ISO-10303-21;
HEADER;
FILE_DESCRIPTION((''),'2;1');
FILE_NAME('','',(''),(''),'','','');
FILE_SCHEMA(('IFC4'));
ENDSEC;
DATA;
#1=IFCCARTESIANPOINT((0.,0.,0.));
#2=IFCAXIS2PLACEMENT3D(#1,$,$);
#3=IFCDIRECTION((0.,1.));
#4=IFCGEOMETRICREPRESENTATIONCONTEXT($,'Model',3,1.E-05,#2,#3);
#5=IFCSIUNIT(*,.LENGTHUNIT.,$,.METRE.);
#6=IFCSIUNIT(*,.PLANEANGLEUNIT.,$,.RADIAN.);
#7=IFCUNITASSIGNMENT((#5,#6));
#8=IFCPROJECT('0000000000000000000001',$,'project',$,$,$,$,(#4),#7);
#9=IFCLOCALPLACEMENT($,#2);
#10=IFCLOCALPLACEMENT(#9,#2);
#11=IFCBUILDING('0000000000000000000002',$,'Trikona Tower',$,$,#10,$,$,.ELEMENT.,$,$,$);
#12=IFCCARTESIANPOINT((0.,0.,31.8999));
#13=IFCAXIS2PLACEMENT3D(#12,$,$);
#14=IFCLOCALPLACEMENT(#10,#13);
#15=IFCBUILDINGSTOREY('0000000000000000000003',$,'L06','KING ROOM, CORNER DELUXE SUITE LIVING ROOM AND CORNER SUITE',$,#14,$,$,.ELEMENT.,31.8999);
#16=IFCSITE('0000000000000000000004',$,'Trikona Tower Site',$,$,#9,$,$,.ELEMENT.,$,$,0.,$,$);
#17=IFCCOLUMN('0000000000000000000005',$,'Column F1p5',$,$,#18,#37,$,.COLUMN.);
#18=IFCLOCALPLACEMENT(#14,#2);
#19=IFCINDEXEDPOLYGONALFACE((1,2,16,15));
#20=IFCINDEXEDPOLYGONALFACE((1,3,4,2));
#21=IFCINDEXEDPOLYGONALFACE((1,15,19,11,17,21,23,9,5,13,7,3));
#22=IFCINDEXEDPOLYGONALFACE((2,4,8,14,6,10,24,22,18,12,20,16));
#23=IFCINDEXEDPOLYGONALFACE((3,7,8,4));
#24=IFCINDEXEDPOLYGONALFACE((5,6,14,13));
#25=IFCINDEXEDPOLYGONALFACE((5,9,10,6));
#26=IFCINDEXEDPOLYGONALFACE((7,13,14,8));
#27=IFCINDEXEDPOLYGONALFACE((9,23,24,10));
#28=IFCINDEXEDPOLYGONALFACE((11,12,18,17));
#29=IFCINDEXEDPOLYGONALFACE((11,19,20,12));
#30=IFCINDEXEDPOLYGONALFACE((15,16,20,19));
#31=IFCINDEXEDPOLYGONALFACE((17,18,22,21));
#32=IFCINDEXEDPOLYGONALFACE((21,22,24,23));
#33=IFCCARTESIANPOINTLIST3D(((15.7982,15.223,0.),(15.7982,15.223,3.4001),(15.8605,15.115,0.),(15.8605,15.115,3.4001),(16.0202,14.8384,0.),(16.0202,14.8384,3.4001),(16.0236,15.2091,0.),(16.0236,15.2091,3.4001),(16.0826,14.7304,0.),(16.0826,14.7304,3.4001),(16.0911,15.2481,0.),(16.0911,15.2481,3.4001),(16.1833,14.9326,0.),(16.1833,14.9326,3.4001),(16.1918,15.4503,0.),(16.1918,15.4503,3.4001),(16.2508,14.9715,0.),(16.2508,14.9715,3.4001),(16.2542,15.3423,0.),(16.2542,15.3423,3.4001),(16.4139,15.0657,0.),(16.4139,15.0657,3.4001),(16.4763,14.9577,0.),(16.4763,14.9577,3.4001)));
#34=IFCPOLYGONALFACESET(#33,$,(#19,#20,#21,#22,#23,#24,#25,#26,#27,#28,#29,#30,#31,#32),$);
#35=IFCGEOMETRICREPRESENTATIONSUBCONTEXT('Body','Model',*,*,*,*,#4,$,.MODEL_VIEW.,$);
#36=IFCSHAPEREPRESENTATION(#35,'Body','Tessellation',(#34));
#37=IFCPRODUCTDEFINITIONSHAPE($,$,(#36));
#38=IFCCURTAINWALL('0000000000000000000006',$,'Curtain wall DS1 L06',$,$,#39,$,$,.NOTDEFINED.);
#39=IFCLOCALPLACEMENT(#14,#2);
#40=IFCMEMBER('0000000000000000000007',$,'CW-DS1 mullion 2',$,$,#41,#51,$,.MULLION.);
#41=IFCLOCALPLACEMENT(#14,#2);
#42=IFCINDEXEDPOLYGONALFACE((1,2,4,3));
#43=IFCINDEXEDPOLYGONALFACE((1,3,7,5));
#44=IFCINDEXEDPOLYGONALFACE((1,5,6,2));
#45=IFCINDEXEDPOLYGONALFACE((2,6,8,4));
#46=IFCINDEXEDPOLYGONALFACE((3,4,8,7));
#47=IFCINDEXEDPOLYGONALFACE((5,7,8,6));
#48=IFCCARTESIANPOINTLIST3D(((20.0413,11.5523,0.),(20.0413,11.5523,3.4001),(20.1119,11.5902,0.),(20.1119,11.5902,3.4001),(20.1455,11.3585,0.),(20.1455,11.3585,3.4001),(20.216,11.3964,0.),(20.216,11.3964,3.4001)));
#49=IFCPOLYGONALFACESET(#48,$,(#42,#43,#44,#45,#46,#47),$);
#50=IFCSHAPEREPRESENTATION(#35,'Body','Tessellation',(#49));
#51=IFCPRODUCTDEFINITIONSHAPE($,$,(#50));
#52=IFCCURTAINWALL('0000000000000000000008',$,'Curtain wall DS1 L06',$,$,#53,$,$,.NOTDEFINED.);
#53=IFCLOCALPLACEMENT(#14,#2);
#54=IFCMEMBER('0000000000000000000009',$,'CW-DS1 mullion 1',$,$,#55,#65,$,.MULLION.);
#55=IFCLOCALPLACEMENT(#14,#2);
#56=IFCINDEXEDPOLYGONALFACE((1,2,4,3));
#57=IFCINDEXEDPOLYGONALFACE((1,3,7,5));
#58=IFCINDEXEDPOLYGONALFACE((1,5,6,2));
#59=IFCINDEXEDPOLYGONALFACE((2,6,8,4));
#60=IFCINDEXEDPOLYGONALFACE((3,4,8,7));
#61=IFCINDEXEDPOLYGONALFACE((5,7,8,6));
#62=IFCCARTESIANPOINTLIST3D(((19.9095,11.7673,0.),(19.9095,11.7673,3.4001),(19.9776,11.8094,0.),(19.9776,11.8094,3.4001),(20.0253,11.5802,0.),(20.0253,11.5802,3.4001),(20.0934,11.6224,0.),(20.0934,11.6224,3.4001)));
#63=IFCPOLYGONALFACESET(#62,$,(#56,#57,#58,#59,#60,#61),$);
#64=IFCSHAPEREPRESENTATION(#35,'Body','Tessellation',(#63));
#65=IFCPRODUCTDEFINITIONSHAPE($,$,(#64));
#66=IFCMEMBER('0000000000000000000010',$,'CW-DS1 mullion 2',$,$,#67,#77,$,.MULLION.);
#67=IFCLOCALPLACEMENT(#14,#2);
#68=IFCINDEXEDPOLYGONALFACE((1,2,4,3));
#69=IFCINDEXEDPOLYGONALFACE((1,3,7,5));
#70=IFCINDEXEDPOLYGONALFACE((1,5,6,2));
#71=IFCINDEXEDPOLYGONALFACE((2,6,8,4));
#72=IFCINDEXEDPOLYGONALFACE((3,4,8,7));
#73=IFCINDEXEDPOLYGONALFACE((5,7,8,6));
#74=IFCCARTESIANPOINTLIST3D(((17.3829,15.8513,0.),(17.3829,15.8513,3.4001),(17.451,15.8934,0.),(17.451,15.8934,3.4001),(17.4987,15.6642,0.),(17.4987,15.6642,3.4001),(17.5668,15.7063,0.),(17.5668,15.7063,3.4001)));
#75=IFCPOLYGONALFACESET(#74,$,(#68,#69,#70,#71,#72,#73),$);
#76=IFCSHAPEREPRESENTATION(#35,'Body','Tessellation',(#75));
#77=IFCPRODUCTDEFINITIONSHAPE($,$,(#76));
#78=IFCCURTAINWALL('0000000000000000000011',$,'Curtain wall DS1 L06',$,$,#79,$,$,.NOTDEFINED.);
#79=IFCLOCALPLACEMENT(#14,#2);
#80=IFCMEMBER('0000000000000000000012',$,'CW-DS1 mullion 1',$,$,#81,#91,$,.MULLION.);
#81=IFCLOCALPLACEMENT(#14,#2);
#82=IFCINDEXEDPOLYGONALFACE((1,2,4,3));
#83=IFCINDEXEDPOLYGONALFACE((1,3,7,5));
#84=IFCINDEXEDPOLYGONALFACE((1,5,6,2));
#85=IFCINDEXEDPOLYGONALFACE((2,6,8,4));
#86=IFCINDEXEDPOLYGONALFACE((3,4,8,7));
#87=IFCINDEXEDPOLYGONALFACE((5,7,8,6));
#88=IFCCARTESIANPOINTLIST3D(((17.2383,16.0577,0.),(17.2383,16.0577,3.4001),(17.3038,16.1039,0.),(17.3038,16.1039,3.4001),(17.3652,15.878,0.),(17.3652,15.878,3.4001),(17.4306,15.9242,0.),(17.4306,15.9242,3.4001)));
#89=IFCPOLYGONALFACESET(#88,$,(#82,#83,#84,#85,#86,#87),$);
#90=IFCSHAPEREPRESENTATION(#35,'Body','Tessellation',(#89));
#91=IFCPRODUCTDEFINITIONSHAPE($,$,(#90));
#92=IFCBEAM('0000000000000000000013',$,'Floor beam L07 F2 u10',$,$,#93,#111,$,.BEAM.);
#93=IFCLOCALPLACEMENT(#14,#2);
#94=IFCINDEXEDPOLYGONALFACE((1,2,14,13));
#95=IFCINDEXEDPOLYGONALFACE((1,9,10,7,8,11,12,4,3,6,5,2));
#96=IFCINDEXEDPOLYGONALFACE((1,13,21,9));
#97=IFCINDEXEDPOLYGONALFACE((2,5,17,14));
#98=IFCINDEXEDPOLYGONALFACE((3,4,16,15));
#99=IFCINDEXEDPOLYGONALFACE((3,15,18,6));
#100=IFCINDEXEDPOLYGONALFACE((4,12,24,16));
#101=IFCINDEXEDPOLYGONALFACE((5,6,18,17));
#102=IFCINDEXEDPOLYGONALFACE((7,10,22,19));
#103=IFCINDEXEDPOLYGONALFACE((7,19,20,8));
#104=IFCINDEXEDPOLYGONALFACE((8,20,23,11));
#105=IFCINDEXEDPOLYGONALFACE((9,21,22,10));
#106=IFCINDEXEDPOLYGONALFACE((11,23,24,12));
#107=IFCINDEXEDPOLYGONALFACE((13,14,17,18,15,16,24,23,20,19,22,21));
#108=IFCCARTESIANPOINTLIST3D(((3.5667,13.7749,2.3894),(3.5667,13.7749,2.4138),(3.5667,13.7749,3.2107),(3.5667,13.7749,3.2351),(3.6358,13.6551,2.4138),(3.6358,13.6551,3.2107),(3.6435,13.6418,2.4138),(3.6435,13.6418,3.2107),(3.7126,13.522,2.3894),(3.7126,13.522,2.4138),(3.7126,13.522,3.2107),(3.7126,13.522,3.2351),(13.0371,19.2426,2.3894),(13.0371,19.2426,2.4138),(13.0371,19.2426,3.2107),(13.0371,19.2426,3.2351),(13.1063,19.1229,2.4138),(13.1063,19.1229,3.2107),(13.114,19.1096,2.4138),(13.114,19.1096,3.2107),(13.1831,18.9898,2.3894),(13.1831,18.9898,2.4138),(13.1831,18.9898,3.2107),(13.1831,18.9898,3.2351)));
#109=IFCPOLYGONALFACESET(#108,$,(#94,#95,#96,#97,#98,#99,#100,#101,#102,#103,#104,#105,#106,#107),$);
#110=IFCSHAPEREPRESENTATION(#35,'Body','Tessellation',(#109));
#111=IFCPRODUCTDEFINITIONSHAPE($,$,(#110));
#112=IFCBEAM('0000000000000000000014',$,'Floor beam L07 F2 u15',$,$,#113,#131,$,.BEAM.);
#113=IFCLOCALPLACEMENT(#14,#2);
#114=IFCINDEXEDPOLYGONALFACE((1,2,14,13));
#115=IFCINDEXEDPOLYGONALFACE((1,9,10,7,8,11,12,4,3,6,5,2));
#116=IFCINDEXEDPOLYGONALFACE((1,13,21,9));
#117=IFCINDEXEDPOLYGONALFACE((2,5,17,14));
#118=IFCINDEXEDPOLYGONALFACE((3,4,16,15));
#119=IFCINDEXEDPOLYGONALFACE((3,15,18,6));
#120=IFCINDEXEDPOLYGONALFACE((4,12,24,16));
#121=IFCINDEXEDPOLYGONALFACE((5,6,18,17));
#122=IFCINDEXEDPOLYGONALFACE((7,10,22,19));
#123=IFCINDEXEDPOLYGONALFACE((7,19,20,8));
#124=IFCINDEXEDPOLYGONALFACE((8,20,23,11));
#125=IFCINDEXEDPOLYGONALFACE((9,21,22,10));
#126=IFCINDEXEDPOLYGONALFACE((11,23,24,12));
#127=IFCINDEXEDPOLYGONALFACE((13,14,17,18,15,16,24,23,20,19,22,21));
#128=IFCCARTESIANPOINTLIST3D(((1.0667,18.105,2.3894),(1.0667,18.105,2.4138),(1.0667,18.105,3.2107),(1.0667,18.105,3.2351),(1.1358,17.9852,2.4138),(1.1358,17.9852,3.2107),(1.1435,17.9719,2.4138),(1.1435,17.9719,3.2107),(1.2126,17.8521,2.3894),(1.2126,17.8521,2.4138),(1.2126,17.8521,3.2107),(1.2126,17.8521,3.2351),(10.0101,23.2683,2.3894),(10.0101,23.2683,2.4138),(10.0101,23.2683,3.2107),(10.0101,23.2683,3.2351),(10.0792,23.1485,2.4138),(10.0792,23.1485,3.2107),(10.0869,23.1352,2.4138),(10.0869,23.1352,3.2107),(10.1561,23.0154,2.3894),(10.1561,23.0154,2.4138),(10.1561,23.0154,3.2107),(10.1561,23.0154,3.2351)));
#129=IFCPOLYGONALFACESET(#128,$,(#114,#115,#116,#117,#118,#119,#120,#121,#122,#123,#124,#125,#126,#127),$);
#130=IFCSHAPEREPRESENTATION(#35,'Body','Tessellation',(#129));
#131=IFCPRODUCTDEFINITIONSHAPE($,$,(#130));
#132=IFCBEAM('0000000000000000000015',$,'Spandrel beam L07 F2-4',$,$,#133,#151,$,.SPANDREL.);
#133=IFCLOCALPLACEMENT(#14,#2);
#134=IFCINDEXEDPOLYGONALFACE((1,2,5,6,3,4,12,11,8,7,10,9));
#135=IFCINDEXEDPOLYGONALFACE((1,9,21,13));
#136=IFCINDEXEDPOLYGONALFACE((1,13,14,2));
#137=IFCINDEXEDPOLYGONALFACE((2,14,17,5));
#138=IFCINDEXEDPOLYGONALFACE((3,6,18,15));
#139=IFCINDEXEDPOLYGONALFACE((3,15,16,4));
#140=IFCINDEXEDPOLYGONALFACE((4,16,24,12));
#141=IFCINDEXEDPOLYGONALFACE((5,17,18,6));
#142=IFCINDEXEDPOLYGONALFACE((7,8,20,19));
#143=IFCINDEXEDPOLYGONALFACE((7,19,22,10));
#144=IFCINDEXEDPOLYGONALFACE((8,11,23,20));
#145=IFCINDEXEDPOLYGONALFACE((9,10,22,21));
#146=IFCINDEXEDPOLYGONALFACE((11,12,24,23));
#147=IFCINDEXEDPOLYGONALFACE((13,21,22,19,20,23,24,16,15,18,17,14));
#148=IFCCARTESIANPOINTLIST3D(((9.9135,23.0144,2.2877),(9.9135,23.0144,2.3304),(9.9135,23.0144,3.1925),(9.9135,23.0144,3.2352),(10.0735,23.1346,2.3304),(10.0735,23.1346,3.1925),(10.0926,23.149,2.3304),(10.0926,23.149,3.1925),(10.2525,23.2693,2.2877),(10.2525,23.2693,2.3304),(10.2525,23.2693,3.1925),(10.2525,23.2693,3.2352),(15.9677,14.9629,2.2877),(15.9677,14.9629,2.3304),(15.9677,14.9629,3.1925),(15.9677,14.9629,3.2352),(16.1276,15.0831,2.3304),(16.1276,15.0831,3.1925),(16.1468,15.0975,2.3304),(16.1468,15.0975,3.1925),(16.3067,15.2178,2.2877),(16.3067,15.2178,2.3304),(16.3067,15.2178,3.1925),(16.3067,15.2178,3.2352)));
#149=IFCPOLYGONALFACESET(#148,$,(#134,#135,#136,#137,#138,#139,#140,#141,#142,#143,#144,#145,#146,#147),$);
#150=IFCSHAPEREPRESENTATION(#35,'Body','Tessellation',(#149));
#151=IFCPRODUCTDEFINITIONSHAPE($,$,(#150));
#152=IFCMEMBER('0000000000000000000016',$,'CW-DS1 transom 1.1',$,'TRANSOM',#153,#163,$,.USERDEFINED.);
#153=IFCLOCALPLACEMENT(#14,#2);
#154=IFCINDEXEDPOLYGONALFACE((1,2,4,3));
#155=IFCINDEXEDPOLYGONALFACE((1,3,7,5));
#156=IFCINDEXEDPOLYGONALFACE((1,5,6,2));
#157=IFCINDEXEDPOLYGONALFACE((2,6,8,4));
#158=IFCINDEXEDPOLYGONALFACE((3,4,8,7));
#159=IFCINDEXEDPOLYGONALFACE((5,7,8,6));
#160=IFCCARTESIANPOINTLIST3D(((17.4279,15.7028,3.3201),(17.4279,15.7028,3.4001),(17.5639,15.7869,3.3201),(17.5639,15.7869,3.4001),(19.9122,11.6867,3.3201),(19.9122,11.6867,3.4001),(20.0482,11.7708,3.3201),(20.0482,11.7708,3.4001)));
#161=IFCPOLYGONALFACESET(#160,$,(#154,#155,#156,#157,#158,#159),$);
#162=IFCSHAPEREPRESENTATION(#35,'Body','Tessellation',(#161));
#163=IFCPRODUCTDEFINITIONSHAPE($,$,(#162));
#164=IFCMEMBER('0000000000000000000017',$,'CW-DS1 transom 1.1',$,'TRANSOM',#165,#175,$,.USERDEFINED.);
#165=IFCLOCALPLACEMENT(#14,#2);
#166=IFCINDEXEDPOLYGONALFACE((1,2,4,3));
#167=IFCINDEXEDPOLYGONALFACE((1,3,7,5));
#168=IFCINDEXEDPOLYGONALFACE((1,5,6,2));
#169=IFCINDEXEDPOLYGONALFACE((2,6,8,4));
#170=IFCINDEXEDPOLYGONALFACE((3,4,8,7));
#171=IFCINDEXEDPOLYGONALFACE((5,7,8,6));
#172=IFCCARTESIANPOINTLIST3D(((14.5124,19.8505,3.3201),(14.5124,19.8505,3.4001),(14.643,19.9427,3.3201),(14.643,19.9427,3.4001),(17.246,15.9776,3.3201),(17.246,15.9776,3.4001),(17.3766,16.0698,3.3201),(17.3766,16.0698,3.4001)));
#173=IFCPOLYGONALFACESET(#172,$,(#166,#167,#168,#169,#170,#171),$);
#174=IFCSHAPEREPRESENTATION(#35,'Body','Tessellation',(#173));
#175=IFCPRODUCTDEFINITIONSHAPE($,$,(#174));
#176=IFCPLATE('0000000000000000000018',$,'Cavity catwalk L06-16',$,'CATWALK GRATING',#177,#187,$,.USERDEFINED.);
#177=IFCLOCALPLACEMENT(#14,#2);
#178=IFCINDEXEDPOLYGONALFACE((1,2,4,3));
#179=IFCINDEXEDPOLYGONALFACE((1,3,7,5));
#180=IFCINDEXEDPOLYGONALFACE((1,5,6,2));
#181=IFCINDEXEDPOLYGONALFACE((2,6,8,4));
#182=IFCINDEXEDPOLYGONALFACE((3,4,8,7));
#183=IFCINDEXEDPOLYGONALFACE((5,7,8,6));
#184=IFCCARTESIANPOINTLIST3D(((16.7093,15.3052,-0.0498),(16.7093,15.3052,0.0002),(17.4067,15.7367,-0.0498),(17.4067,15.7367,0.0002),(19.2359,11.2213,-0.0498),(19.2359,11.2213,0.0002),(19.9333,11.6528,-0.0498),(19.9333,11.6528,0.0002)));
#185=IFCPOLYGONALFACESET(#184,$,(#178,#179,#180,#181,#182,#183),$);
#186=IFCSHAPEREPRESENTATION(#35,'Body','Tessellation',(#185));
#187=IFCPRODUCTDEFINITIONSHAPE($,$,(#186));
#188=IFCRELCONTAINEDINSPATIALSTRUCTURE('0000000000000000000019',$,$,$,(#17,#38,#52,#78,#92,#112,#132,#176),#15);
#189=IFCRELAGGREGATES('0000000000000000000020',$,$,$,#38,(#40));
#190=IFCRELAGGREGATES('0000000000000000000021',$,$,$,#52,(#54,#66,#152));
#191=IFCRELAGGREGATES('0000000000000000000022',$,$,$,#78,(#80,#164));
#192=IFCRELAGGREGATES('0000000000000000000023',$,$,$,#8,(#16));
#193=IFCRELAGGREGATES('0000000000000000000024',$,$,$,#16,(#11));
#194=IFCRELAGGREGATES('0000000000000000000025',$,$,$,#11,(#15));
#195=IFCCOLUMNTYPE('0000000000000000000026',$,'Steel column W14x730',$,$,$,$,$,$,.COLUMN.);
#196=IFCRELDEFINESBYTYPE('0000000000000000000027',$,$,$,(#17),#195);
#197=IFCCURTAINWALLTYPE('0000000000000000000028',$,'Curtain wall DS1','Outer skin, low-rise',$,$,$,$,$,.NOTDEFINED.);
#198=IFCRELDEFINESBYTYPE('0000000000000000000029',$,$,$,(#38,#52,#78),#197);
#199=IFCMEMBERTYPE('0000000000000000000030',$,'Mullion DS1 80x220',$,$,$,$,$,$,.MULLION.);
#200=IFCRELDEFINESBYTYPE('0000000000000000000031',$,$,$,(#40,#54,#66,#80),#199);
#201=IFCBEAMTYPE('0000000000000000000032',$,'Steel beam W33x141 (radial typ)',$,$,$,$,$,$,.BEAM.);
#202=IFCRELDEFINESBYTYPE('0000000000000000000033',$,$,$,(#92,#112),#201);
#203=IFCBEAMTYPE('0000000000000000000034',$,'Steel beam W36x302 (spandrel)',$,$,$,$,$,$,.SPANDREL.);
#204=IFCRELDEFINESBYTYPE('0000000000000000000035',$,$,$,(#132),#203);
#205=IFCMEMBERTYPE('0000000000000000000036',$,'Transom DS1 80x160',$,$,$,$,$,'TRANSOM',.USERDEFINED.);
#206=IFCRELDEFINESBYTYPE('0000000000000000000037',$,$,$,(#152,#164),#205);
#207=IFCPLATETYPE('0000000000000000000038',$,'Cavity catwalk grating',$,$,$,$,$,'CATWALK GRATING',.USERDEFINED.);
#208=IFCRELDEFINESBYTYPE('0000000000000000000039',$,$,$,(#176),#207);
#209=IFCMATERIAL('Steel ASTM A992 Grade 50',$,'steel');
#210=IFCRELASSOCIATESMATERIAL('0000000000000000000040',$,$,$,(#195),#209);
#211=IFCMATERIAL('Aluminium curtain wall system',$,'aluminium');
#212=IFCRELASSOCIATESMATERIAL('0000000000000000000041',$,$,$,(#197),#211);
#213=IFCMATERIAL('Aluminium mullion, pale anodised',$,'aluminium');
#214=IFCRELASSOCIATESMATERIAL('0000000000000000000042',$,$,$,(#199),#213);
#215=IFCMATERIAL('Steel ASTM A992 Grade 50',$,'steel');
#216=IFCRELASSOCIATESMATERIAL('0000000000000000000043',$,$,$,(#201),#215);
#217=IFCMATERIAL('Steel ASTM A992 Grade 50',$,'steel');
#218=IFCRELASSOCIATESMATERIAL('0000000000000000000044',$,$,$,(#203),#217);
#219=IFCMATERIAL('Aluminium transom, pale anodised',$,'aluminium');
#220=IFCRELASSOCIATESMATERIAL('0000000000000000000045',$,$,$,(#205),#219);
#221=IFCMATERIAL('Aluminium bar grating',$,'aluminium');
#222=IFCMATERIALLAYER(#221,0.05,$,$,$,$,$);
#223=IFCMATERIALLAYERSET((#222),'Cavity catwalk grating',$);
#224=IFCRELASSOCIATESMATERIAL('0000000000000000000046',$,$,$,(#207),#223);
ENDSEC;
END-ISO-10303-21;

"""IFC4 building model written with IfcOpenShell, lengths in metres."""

from ifc_helpers import new_model, si_unit, direction, frame, origin, origin_2d, place, context, subcontext, project, spatial, rectangle, i_section, extrude, material, layer, layer_set, material_profile, profile_set, type_object, element, aggregate, save


model = new_model("IFC4")

# Units and contexts
model_context = context("Model", 3, precision=1e-05, world=origin(), true_north=direction((0.0, 1.0)))
body_context = subcontext(model_context, "Body", "Model", "MODEL_VIEW")
ifc_project = project(units=[si_unit("LENGTHUNIT", "METRE"), si_unit("PLANEANGLEUNIT", "RADIAN")], contexts=[model_context])

# Site, building, storey
site_placement = place(None, origin())
site = spatial("IfcSite", under=ifc_project, at=site_placement, Name="Trikona Tower Site", CompositionType="ELEMENT", RefElevation=0.0)
building_placement = place(site_placement, origin())
building = spatial("IfcBuilding", under=site, at=building_placement, Name="Trikona Tower", CompositionType="ELEMENT")
storey_placement = place(building_placement, frame((0.0, 0.0, 31.8999)))
storey = spatial("IfcBuildingStorey", under=building, at=storey_placement, Name="L06", Description="KING ROOM, CORNER DELUXE SUITE LIVING ROOM AND CORNER SUITE", CompositionType="ELEMENT", Elevation=31.8999)

# Column
ifc_material_1 = material(Name="Steel ASTM A992 Grade 50", Category="steel")
ifc_material_profile_1 = material_profile(ifc_material_1, i_section(OverallWidth=0.4546, OverallDepth=0.5688, WebThickness=0.0779, FlangeThickness=0.1248, at=origin_2d()), Name="W14X730")
ifc_profile_set_1 = profile_set([ifc_material_profile_1], Name="Steel ASTM A992 Grade 50")
column_type = type_object("IfcColumnType", Name="Steel column W14x730", PredefinedType="COLUMN", material=ifc_profile_set_1)
column_placement = place(storey_placement, frame((16.1372, 15.0903, 0.0), z_axis=(0.0, 0.0, 1.0), x_axis=(0.866025, 0.5, 0.0)))
element("IfcColumn", 1, at=column_placement, inside=storey, type_object=column_type, Name="Column F1p5", PredefinedType="COLUMN", context=body_context, shape_type="SweptSolid", body=[
    extrude(i_section(OverallWidth=0.4546, OverallDepth=0.5688, WebThickness=0.0779, FlangeThickness=0.1248, at=origin_2d()), origin(), (0.0, 0.0, 1.0), 3.4001),
])

# Curtain wall, member
ifc_material_2 = material(Name="Aluminium curtain wall system", Category="aluminium")
curtain_wall_type = type_object("IfcCurtainWallType", Name="Curtain wall DS1", Description="Outer skin, low-rise", PredefinedType="NOTDEFINED", material=ifc_material_2)
curtain_wall_1_placement = place(storey_placement, origin())
curtain_wall_1 = element("IfcCurtainWall", 2, at=curtain_wall_1_placement, inside=storey, type_object=curtain_wall_type, Name="Curtain wall DS1 L06", PredefinedType="NOTDEFINED")
ifc_material_3 = material(Name="Aluminium mullion, pale anodised", Category="aluminium")
ifc_material_profile_2 = material_profile(ifc_material_3, rectangle(XDim=0.0801, YDim=0.22, at=origin_2d()), Name="MUL-DS1")
ifc_profile_set_2 = profile_set([ifc_material_profile_2], Name="Aluminium mullion, pale anodised")
member_type_1 = type_object("IfcMemberType", Name="Mullion DS1 80x220", PredefinedType="MULLION", material=ifc_profile_set_2)
member_1_placement = place(storey_placement, frame((20.1287, 11.4744, 0.0), z_axis=(0.0, 0.0, 1.0), x_axis=(-0.880843, -0.473408, 0.0)))
member_1 = element("IfcMember", 3, at=member_1_placement, type_object=member_type_1, Name="CW-DS1 mullion 2", PredefinedType="MULLION", context=body_context, shape_type="SweptSolid", body=[
    extrude(rectangle(XDim=0.0801, YDim=0.22, at=origin_2d()), origin(), (0.0, 0.0, 1.0), 3.4001),
])
aggregate(curtain_wall_1, [member_1])

# Curtain wall, members
curtain_wall_2_placement = place(storey_placement, origin())
curtain_wall_2 = element("IfcCurtainWall", 4, at=curtain_wall_2_placement, inside=storey, type_object=curtain_wall_type, Name="Curtain wall DS1 L06", PredefinedType="NOTDEFINED")
member_2_placement = place(storey_placement, frame((20.0015, 11.6948, 0.0), z_axis=(0.0, 0.0, 1.0), x_axis=(-0.85041, -0.52612, 0.0)))
member_2 = element("IfcMember", 5, at=member_2_placement, type_object=member_type_1, Name="CW-DS1 mullion 1", PredefinedType="MULLION", context=body_context, shape_type="SweptSolid", body=[
    extrude(rectangle(XDim=0.0801, YDim=0.22, at=origin_2d()), origin(), (0.0, 0.0, 1.0), 3.4001),
])
member_3_placement = place(storey_placement, frame((17.4749, 15.7788, 0.0), z_axis=(0.0, 0.0, 1.0), x_axis=(-0.85041, -0.52612, 0.0)))
member_3 = element("IfcMember", 6, at=member_3_placement, type_object=member_type_1, Name="CW-DS1 mullion 2", PredefinedType="MULLION", context=body_context, shape_type="SweptSolid", body=[
    extrude(rectangle(XDim=0.0801, YDim=0.22, at=origin_2d()), origin(), (0.0, 0.0, 1.0), 3.4001),
])

# Curtain wall, member
curtain_wall_3_placement = place(storey_placement, origin())
curtain_wall_3 = element("IfcCurtainWall", 7, at=curtain_wall_3_placement, inside=storey, type_object=curtain_wall_type, Name="Curtain wall DS1 L06", PredefinedType="NOTDEFINED")
member_4_placement = place(storey_placement, frame((17.3345, 15.991, 0.0), z_axis=(0.0, 0.0, 1.0), x_axis=(-0.816985, -0.576658, 0.0)))
member_4 = element("IfcMember", 8, at=member_4_placement, type_object=member_type_1, Name="CW-DS1 mullion 1", PredefinedType="MULLION", context=body_context, shape_type="SweptSolid", body=[
    extrude(rectangle(XDim=0.0801, YDim=0.22, at=origin_2d()), origin(), (0.0, 0.0, 1.0), 3.4001),
])

# Beams
ifc_material_4 = material(Name="Steel ASTM A992 Grade 50", Category="steel")
ifc_material_profile_3 = material_profile(ifc_material_4, i_section(OverallWidth=0.292, OverallDepth=0.8457, WebThickness=0.0154, FlangeThickness=0.0244, at=origin_2d()), Name="W33X141")
ifc_profile_set_3 = profile_set([ifc_material_profile_3], Name="Steel ASTM A992 Grade 50")
beam_type_1 = type_object("IfcBeamType", Name="Steel beam W33x141 (radial typ)", PredefinedType="BEAM", material=ifc_profile_set_3)
beam_1_placement = place(storey_placement, frame((3.6396, 13.6484, 2.8123), z_axis=(0.866025, 0.5, 0.0), x_axis=(-0.5, 0.866025, 0.0)))
element("IfcBeam", 9, at=beam_1_placement, inside=storey, type_object=beam_type_1, Name="Floor beam L07 F2 u10", PredefinedType="BEAM", context=body_context, shape_type="SweptSolid", body=[
    extrude(i_section(OverallWidth=0.292, OverallDepth=0.8457, WebThickness=0.0154, FlangeThickness=0.0244, at=origin_2d()), origin(), (0.0, 0.0, 1.0), 10.9355),
])
beam_2_placement = place(storey_placement, frame((1.1396, 17.9785, 2.8123), z_axis=(0.86603, 0.499991, 0.0), x_axis=(-0.499991, 0.86603, 0.0)))
element("IfcBeam", 10, at=beam_2_placement, inside=storey, type_object=beam_type_1, Name="Floor beam L07 F2 u15", PredefinedType="BEAM", context=body_context, shape_type="SweptSolid", body=[
    extrude(i_section(OverallWidth=0.292, OverallDepth=0.8457, WebThickness=0.0154, FlangeThickness=0.0244, at=origin_2d()), origin(), (0.0, 0.0, 1.0), 10.3269),
])
ifc_material_5 = material(Name="Steel ASTM A992 Grade 50", Category="steel")
ifc_material_profile_4 = material_profile(ifc_material_5, i_section(OverallWidth=0.4241, OverallDepth=0.9475, WebThickness=0.0239, FlangeThickness=0.0427, at=origin_2d()), Name="W36X302")
ifc_profile_set_4 = profile_set([ifc_material_profile_4], Name="Steel ASTM A992 Grade 50")
beam_type_2 = type_object("IfcBeamType", Name="Steel beam W36x302 (spandrel)", PredefinedType="SPANDREL", material=ifc_profile_set_4)
beam_3_placement = place(storey_placement, frame((16.1372, 15.0903, 2.7615), z_axis=(-0.600988, 0.799258, 0.0), x_axis=(-0.799258, -0.600988, 0.0)))
element("IfcBeam", 11, at=beam_3_placement, inside=storey, type_object=beam_type_2, Name="Spandrel beam L07 F2-4", PredefinedType="SPANDREL", context=body_context, shape_type="SweptSolid", body=[
    extrude(i_section(OverallWidth=0.4241, OverallDepth=0.9475, WebThickness=0.0239, FlangeThickness=0.0427, at=origin_2d()), origin(), (0.0, 0.0, 1.0), 10.0737),
])

# Members
ifc_material_6 = material(Name="Aluminium transom, pale anodised", Category="aluminium")
ifc_material_profile_5 = material_profile(ifc_material_6, rectangle(XDim=0.1599, YDim=0.0801, at=origin_2d()), Name="TRN-DS1")
ifc_profile_set_5 = profile_set([ifc_material_profile_5], Name="Aluminium transom, pale anodised")
member_type_2 = type_object("IfcMemberType", Name="Transom DS1 80x160", ElementType="TRANSOM", PredefinedType="USERDEFINED", material=ifc_profile_set_5)
member_5_placement = place(storey_placement, frame((19.9802, 11.7288, 3.3601), z_axis=(-0.526081, 0.850435, 0.0), x_axis=(-0.850435, -0.526081, 0.0)))
member_5 = element("IfcMember", 12, at=member_5_placement, type_object=member_type_2, Name="CW-DS1 transom 1.1", ObjectType="TRANSOM", PredefinedType="USERDEFINED", context=body_context, shape_type="SweptSolid", body=[
    extrude(rectangle(XDim=0.1599, YDim=0.0801, at=origin_2d()), origin(), (0.0, 0.0, 1.0), 4.7224),
])
member_6_placement = place(storey_placement, frame((17.3113, 16.0237, 3.3601), z_axis=(-0.576645, 0.816995, 0.0), x_axis=(-0.816995, -0.576645, 0.0)))
member_6 = element("IfcMember", 13, at=member_6_placement, type_object=member_type_2, Name="CW-DS1 transom 1.1", ObjectType="TRANSOM", PredefinedType="USERDEFINED", context=body_context, shape_type="SweptSolid", body=[
    extrude(rectangle(XDim=0.1599, YDim=0.0801, at=origin_2d()), origin(), (0.0, 0.0, 1.0), 4.7405),
])

# Plate
ifc_material_7 = material(Name="Aluminium bar grating", Category="aluminium")
ifc_layer_1 = layer(ifc_material_7, 0.05)
ifc_layer_set_1 = layer_set([ifc_layer_1], Name="Cavity catwalk grating")
plate_type_1 = type_object("IfcPlateType", Name="Cavity catwalk grating", ElementType="CATWALK GRATING", PredefinedType="USERDEFINED", material=ifc_layer_set_1)
plate_1_placement = place(storey_placement, frame((18.3213, 13.479, -0.0498), z_axis=(0.0, 0.0, 1.0), x_axis=(-0.526119, 0.850411, 0.0)))
element("IfcPlate", 14, at=plate_1_placement, inside=storey, type_object=plate_type_1, Name="Cavity catwalk L06-16", ObjectType="CATWALK GRATING", PredefinedType="USERDEFINED", context=body_context, shape_type="SweptSolid", body=[
    extrude(rectangle(XDim=4.8022, YDim=0.8201, at=origin_2d()), origin(), (0.0, 0.0, 1.0), 0.05),
])

aggregate(curtain_wall_2, [member_2, member_3, member_5])
aggregate(curtain_wall_3, [member_4, member_6])

save(model, "model.ifc")
